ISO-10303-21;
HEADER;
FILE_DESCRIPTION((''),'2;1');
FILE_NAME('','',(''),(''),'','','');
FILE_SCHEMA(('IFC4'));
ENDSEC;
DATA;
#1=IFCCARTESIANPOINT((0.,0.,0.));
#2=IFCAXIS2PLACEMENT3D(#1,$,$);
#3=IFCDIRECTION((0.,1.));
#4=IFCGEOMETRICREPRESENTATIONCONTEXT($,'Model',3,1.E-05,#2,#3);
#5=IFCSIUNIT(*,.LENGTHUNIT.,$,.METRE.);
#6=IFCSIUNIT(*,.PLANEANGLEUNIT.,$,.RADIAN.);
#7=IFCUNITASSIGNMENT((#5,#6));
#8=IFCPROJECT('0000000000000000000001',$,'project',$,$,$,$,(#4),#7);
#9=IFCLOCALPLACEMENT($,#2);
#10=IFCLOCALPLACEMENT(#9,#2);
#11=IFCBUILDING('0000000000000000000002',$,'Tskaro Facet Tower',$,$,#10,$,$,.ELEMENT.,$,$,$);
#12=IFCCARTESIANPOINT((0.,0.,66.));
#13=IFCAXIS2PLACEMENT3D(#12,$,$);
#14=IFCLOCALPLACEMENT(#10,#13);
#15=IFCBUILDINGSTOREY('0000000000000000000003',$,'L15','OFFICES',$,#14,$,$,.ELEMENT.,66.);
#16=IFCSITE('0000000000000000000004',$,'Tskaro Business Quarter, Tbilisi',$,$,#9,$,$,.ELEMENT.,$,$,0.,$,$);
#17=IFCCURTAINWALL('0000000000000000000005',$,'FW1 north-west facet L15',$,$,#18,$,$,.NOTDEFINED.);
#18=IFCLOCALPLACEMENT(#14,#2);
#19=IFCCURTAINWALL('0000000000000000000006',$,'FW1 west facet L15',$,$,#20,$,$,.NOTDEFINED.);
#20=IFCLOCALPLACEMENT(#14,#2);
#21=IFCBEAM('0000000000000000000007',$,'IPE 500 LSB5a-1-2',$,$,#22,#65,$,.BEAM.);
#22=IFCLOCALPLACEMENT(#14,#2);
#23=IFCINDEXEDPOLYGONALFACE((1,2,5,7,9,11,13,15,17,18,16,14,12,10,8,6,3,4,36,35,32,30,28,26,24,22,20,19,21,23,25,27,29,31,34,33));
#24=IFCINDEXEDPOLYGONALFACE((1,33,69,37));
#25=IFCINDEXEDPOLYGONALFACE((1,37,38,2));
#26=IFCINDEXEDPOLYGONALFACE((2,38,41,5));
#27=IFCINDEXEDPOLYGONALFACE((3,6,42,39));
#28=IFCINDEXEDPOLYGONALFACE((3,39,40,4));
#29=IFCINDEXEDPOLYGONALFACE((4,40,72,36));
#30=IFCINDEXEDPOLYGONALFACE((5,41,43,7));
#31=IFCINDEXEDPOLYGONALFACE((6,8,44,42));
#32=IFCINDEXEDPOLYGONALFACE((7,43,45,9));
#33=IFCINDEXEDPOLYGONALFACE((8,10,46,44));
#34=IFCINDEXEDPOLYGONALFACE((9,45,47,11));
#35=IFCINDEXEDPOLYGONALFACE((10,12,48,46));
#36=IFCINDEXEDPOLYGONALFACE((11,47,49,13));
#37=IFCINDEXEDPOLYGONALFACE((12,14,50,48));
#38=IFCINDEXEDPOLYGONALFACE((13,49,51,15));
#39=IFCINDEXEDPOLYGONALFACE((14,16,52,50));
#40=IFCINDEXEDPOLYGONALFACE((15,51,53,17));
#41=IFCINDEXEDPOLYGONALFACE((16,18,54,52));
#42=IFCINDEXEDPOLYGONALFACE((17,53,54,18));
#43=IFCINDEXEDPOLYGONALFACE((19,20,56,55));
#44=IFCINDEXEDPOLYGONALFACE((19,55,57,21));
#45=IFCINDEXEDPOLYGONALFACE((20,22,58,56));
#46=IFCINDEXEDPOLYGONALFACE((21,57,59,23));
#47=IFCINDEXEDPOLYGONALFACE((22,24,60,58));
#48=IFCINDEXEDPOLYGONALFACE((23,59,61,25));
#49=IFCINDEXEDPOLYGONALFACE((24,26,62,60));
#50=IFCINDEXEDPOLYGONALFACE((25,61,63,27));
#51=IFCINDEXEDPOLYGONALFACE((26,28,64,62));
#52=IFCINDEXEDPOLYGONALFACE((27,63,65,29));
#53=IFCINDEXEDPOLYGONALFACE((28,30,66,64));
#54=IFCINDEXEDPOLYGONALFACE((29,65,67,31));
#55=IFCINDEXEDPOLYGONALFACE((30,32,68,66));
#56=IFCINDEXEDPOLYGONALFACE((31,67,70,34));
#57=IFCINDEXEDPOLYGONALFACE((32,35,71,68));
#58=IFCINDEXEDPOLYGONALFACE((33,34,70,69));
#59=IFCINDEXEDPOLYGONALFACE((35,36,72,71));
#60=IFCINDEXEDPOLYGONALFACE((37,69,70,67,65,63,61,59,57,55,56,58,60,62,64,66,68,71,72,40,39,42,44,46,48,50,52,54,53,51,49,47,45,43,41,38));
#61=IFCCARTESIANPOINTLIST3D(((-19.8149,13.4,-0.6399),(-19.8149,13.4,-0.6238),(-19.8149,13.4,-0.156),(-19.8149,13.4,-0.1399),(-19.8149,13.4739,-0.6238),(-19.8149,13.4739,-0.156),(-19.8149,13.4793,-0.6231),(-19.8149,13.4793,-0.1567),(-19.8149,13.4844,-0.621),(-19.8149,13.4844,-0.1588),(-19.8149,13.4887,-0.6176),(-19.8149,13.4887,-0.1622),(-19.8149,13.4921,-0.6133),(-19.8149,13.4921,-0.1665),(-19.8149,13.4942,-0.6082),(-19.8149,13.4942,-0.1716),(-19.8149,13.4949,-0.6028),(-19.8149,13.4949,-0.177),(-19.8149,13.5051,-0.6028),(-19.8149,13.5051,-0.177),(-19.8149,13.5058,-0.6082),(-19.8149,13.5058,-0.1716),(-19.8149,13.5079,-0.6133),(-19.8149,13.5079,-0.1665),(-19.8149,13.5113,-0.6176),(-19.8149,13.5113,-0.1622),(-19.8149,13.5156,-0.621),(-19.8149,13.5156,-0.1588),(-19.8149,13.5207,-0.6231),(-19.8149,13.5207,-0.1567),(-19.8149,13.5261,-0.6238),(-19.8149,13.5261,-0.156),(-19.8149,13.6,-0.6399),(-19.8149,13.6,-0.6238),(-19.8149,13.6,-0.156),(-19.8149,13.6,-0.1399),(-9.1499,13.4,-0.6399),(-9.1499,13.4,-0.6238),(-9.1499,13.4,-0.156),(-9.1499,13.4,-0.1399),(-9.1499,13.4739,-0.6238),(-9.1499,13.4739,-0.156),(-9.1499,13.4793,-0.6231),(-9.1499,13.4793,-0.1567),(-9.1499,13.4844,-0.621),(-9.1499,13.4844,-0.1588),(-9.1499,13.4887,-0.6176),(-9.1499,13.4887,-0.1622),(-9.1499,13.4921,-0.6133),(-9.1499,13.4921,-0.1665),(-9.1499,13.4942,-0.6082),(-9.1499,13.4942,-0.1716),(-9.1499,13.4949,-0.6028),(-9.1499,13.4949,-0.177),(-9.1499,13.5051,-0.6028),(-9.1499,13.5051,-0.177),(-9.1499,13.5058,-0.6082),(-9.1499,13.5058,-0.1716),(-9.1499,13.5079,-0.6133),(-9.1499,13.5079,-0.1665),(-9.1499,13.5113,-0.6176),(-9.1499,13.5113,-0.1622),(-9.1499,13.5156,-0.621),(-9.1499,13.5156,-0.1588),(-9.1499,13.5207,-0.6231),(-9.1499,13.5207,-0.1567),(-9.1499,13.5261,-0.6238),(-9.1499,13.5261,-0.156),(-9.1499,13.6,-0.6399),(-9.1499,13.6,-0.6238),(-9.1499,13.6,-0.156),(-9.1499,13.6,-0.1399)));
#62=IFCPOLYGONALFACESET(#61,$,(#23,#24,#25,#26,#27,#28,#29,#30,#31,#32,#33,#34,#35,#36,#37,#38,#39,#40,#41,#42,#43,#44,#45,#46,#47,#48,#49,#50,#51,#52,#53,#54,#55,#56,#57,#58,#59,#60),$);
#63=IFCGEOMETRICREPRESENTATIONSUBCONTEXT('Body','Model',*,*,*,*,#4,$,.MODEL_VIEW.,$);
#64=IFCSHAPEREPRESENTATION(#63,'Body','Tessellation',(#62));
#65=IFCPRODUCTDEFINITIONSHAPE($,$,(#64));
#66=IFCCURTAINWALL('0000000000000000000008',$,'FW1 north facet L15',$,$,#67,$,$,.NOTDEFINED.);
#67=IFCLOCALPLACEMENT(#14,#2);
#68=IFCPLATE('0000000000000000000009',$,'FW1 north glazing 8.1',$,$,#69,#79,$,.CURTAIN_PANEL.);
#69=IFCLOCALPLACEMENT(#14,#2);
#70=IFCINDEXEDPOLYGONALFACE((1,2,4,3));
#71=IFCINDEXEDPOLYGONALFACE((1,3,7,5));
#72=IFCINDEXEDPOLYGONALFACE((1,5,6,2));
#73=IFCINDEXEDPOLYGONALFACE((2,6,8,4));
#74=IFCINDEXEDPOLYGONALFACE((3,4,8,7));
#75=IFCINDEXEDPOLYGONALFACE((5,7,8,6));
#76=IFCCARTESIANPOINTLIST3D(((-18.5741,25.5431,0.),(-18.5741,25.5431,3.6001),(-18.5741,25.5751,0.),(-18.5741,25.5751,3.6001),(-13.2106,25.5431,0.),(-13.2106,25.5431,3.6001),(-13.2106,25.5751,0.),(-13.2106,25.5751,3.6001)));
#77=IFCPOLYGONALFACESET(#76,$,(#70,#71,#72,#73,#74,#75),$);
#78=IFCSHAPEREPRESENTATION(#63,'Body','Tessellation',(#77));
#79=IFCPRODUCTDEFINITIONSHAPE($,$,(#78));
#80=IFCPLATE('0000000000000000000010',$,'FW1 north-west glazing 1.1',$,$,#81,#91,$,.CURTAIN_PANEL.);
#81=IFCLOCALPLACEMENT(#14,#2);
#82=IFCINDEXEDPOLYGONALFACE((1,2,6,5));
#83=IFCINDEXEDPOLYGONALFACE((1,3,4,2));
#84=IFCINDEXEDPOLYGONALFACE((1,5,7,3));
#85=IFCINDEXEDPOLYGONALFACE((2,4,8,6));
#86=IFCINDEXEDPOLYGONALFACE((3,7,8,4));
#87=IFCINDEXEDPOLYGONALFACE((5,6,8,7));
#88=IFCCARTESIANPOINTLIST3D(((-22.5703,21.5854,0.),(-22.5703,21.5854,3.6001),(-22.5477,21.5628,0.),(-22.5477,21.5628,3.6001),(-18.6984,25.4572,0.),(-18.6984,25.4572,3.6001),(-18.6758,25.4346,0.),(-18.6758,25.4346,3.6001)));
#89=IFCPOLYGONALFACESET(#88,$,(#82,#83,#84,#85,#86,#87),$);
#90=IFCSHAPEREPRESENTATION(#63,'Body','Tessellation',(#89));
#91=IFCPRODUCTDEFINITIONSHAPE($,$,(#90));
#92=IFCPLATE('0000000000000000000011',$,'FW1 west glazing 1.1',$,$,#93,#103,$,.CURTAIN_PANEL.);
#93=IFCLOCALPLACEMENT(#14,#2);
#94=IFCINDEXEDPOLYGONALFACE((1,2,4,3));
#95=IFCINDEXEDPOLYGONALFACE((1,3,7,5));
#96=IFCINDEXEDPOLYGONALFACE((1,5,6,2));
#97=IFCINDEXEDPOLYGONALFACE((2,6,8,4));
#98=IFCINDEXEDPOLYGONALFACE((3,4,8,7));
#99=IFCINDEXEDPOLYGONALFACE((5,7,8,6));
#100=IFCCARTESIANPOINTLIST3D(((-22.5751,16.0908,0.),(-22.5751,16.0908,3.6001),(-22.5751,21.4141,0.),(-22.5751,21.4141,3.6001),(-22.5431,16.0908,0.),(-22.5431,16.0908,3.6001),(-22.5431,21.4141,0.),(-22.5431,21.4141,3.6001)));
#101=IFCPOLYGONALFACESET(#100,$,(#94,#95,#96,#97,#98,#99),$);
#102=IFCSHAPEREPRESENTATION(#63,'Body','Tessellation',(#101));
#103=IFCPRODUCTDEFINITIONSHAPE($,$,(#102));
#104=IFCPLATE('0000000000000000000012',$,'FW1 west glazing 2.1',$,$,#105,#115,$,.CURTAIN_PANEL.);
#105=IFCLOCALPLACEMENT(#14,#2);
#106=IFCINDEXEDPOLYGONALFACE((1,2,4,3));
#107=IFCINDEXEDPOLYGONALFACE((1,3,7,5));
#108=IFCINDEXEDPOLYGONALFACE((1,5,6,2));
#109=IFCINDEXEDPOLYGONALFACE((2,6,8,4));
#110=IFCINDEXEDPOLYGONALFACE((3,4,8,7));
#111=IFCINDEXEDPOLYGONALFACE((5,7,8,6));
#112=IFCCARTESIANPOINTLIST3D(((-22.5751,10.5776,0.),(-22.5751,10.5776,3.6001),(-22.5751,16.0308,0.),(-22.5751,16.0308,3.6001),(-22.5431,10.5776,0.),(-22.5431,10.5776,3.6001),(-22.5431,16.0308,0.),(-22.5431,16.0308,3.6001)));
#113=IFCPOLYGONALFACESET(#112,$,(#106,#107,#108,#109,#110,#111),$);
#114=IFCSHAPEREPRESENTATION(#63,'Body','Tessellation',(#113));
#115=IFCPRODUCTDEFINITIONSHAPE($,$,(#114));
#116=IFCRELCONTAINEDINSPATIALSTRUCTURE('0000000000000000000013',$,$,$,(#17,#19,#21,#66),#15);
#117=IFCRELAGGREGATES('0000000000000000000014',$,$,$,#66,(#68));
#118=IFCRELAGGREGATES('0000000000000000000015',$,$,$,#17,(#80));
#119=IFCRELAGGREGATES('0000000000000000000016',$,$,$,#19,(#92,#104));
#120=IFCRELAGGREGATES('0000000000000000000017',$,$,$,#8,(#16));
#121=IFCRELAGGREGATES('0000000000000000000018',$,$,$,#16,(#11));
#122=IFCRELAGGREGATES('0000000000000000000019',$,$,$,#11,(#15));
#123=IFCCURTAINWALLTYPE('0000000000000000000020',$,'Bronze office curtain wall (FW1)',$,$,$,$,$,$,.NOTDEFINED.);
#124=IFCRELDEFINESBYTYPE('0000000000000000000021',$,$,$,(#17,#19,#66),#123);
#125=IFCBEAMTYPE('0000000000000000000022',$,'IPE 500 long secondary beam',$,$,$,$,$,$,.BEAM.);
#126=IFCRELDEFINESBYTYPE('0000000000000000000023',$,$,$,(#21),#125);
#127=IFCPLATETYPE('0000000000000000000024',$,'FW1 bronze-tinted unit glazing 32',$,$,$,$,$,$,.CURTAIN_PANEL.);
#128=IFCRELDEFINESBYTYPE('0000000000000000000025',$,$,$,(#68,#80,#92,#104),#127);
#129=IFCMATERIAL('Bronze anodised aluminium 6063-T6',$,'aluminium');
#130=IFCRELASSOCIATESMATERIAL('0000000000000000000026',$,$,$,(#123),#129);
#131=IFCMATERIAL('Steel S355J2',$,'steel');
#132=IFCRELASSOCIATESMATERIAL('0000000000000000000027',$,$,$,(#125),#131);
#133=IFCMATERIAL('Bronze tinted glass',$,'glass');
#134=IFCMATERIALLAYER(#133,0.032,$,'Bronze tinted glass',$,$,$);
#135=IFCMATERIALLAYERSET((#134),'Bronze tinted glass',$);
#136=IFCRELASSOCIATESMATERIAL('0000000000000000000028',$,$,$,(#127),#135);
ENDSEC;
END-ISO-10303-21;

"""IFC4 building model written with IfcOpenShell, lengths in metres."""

from ifc_helpers import new_model, si_unit, direction, frame, origin, origin_2d, place, context, subcontext, project, spatial, rectangle, i_section, extrude, material, layer, layer_set, material_profile, profile_set, type_object, element, aggregate, save


model = new_model("IFC4")

# Units and contexts
model_context = context("Model", 3, precision=1e-05, world=origin(), true_north=direction((0.0, 1.0)))
body_context = subcontext(model_context, "Body", "Model", "MODEL_VIEW")
ifc_project = project(units=[si_unit("LENGTHUNIT", "METRE"), si_unit("PLANEANGLEUNIT", "RADIAN")], contexts=[model_context])

# Site, building, storey
site_placement = place(None, origin())
site = spatial("IfcSite", under=ifc_project, at=site_placement, Name="Tskaro Business Quarter, Tbilisi", CompositionType="ELEMENT", RefElevation=0.0)
building_placement = place(site_placement, origin())
building = spatial("IfcBuilding", under=site, at=building_placement, Name="Tskaro Facet Tower", CompositionType="ELEMENT")
storey_placement = place(building_placement, frame((0.0, 0.0, 66.0)))
storey = spatial("IfcBuildingStorey", under=building, at=storey_placement, Name="L15", Description="OFFICES", CompositionType="ELEMENT", Elevation=66.0)

# Curtain wall
ifc_material_1 = material(Name="Bronze anodised aluminium 6063-T6", Category="aluminium")
curtain_wall_type = type_object("IfcCurtainWallType", Name="Bronze office curtain wall (FW1)", PredefinedType="NOTDEFINED", material=ifc_material_1)
curtain_wall_1_placement = place(storey_placement, origin())
curtain_wall_1 = element("IfcCurtainWall", 1, at=curtain_wall_1_placement, inside=storey, type_object=curtain_wall_type, Name="FW1 north-west facet L15", PredefinedType="NOTDEFINED")

# Curtain wall
curtain_wall_2_placement = place(storey_placement, origin())
curtain_wall_2 = element("IfcCurtainWall", 2, at=curtain_wall_2_placement, inside=storey, type_object=curtain_wall_type, Name="FW1 west facet L15", PredefinedType="NOTDEFINED")

# Beam
ifc_material_2 = material(Name="Steel S355J2", Category="steel")
ifc_material_profile_1 = material_profile(ifc_material_2, i_section(OverallWidth=0.2, OverallDepth=0.5, WebThickness=0.0103, FlangeThickness=0.0161, FilletRadius=0.021, at=origin_2d()), Name="IPE 500")
ifc_profile_set_1 = profile_set([ifc_material_profile_1], Name="Steel S355J2")
beam_type_1 = type_object("IfcBeamType", Name="IPE 500 long secondary beam", PredefinedType="BEAM", material=ifc_profile_set_1)
beam_1_placement = place(storey_placement, frame((-19.8149, 13.5, -0.3899), z_axis=(1.0, 0.0, 0.0), x_axis=(0.0, 1.0, 0.0)))
element("IfcBeam", 3, at=beam_1_placement, inside=storey, type_object=beam_type_1, Name="IPE 500 LSB5a-1-2", PredefinedType="BEAM", context=body_context, shape_type="SweptSolid", body=[
    extrude(i_section(OverallWidth=0.2, OverallDepth=0.5, WebThickness=0.0103, FlangeThickness=0.0161, FilletRadius=0.021, at=origin_2d()), origin(), (0.0, 0.0, 1.0), 10.665),
])

# Curtain wall, plate
curtain_wall_3_placement = place(storey_placement, origin())
curtain_wall_3 = element("IfcCurtainWall", 4, at=curtain_wall_3_placement, inside=storey, type_object=curtain_wall_type, Name="FW1 north facet L15", PredefinedType="NOTDEFINED")
ifc_material_3 = material(Name="Bronze tinted glass", Category="glass")
ifc_layer_1 = layer(ifc_material_3, 0.032, Name="Bronze tinted glass")
ifc_layer_set_1 = layer_set([ifc_layer_1], Name="Bronze tinted glass")
plate_type = type_object("IfcPlateType", Name="FW1 bronze-tinted unit glazing 32", PredefinedType="CURTAIN_PANEL", material=ifc_layer_set_1)
plate_1_placement = place(storey_placement, frame((-15.8923, 25.5591, 0.0), z_axis=(0.0, 0.0, 1.0), x_axis=(-1.0, 0.0, 0.0)))
plate_1 = element("IfcPlate", 5, at=plate_1_placement, type_object=plate_type, Name="FW1 north glazing 8.1", PredefinedType="CURTAIN_PANEL", context=body_context, shape_type="SweptSolid", body=[
    extrude(rectangle(XDim=5.3635, YDim=0.032, at=origin_2d()), origin(), (0.0, 0.0, 1.0), 3.6001),
])
aggregate(curtain_wall_3, [plate_1])

# Plates
plate_2_placement = place(storey_placement, frame((-20.623, 23.51, 0.0), z_axis=(0.0, 0.0, 1.0), x_axis=(-0.707107, -0.707107, 0.0)))
plate_2 = element("IfcPlate", 6, at=plate_2_placement, type_object=plate_type, Name="FW1 north-west glazing 1.1", PredefinedType="CURTAIN_PANEL", context=body_context, shape_type="SweptSolid", body=[
    extrude(rectangle(XDim=5.4756, YDim=0.032, at=origin_2d()), origin(), (0.0, 0.0, 1.0), 3.6001),
])
aggregate(curtain_wall_1, [plate_2])
plate_3_placement = place(storey_placement, frame((-22.5591, 18.7524, 0.0), z_axis=(0.0, 0.0, 1.0), x_axis=(0.0, -1.0, 0.0)))
plate_3 = element("IfcPlate", 7, at=plate_3_placement, type_object=plate_type, Name="FW1 west glazing 1.1", PredefinedType="CURTAIN_PANEL", context=body_context, shape_type="SweptSolid", body=[
    extrude(rectangle(XDim=5.3232, YDim=0.032, at=origin_2d()), origin(), (0.0, 0.0, 1.0), 3.6001),
])
plate_4_placement = place(storey_placement, frame((-22.5591, 13.3042, 0.0), z_axis=(0.0, 0.0, 1.0), x_axis=(0.0, -1.0, 0.0)))
plate_4 = element("IfcPlate", 8, at=plate_4_placement, type_object=plate_type, Name="FW1 west glazing 2.1", PredefinedType="CURTAIN_PANEL", context=body_context, shape_type="SweptSolid", body=[
    extrude(rectangle(XDim=5.4531, YDim=0.032, at=origin_2d()), origin(), (0.0, 0.0, 1.0), 3.6001),
])
aggregate(curtain_wall_2, [plate_3, plate_4])

save(model, "model.ifc")
